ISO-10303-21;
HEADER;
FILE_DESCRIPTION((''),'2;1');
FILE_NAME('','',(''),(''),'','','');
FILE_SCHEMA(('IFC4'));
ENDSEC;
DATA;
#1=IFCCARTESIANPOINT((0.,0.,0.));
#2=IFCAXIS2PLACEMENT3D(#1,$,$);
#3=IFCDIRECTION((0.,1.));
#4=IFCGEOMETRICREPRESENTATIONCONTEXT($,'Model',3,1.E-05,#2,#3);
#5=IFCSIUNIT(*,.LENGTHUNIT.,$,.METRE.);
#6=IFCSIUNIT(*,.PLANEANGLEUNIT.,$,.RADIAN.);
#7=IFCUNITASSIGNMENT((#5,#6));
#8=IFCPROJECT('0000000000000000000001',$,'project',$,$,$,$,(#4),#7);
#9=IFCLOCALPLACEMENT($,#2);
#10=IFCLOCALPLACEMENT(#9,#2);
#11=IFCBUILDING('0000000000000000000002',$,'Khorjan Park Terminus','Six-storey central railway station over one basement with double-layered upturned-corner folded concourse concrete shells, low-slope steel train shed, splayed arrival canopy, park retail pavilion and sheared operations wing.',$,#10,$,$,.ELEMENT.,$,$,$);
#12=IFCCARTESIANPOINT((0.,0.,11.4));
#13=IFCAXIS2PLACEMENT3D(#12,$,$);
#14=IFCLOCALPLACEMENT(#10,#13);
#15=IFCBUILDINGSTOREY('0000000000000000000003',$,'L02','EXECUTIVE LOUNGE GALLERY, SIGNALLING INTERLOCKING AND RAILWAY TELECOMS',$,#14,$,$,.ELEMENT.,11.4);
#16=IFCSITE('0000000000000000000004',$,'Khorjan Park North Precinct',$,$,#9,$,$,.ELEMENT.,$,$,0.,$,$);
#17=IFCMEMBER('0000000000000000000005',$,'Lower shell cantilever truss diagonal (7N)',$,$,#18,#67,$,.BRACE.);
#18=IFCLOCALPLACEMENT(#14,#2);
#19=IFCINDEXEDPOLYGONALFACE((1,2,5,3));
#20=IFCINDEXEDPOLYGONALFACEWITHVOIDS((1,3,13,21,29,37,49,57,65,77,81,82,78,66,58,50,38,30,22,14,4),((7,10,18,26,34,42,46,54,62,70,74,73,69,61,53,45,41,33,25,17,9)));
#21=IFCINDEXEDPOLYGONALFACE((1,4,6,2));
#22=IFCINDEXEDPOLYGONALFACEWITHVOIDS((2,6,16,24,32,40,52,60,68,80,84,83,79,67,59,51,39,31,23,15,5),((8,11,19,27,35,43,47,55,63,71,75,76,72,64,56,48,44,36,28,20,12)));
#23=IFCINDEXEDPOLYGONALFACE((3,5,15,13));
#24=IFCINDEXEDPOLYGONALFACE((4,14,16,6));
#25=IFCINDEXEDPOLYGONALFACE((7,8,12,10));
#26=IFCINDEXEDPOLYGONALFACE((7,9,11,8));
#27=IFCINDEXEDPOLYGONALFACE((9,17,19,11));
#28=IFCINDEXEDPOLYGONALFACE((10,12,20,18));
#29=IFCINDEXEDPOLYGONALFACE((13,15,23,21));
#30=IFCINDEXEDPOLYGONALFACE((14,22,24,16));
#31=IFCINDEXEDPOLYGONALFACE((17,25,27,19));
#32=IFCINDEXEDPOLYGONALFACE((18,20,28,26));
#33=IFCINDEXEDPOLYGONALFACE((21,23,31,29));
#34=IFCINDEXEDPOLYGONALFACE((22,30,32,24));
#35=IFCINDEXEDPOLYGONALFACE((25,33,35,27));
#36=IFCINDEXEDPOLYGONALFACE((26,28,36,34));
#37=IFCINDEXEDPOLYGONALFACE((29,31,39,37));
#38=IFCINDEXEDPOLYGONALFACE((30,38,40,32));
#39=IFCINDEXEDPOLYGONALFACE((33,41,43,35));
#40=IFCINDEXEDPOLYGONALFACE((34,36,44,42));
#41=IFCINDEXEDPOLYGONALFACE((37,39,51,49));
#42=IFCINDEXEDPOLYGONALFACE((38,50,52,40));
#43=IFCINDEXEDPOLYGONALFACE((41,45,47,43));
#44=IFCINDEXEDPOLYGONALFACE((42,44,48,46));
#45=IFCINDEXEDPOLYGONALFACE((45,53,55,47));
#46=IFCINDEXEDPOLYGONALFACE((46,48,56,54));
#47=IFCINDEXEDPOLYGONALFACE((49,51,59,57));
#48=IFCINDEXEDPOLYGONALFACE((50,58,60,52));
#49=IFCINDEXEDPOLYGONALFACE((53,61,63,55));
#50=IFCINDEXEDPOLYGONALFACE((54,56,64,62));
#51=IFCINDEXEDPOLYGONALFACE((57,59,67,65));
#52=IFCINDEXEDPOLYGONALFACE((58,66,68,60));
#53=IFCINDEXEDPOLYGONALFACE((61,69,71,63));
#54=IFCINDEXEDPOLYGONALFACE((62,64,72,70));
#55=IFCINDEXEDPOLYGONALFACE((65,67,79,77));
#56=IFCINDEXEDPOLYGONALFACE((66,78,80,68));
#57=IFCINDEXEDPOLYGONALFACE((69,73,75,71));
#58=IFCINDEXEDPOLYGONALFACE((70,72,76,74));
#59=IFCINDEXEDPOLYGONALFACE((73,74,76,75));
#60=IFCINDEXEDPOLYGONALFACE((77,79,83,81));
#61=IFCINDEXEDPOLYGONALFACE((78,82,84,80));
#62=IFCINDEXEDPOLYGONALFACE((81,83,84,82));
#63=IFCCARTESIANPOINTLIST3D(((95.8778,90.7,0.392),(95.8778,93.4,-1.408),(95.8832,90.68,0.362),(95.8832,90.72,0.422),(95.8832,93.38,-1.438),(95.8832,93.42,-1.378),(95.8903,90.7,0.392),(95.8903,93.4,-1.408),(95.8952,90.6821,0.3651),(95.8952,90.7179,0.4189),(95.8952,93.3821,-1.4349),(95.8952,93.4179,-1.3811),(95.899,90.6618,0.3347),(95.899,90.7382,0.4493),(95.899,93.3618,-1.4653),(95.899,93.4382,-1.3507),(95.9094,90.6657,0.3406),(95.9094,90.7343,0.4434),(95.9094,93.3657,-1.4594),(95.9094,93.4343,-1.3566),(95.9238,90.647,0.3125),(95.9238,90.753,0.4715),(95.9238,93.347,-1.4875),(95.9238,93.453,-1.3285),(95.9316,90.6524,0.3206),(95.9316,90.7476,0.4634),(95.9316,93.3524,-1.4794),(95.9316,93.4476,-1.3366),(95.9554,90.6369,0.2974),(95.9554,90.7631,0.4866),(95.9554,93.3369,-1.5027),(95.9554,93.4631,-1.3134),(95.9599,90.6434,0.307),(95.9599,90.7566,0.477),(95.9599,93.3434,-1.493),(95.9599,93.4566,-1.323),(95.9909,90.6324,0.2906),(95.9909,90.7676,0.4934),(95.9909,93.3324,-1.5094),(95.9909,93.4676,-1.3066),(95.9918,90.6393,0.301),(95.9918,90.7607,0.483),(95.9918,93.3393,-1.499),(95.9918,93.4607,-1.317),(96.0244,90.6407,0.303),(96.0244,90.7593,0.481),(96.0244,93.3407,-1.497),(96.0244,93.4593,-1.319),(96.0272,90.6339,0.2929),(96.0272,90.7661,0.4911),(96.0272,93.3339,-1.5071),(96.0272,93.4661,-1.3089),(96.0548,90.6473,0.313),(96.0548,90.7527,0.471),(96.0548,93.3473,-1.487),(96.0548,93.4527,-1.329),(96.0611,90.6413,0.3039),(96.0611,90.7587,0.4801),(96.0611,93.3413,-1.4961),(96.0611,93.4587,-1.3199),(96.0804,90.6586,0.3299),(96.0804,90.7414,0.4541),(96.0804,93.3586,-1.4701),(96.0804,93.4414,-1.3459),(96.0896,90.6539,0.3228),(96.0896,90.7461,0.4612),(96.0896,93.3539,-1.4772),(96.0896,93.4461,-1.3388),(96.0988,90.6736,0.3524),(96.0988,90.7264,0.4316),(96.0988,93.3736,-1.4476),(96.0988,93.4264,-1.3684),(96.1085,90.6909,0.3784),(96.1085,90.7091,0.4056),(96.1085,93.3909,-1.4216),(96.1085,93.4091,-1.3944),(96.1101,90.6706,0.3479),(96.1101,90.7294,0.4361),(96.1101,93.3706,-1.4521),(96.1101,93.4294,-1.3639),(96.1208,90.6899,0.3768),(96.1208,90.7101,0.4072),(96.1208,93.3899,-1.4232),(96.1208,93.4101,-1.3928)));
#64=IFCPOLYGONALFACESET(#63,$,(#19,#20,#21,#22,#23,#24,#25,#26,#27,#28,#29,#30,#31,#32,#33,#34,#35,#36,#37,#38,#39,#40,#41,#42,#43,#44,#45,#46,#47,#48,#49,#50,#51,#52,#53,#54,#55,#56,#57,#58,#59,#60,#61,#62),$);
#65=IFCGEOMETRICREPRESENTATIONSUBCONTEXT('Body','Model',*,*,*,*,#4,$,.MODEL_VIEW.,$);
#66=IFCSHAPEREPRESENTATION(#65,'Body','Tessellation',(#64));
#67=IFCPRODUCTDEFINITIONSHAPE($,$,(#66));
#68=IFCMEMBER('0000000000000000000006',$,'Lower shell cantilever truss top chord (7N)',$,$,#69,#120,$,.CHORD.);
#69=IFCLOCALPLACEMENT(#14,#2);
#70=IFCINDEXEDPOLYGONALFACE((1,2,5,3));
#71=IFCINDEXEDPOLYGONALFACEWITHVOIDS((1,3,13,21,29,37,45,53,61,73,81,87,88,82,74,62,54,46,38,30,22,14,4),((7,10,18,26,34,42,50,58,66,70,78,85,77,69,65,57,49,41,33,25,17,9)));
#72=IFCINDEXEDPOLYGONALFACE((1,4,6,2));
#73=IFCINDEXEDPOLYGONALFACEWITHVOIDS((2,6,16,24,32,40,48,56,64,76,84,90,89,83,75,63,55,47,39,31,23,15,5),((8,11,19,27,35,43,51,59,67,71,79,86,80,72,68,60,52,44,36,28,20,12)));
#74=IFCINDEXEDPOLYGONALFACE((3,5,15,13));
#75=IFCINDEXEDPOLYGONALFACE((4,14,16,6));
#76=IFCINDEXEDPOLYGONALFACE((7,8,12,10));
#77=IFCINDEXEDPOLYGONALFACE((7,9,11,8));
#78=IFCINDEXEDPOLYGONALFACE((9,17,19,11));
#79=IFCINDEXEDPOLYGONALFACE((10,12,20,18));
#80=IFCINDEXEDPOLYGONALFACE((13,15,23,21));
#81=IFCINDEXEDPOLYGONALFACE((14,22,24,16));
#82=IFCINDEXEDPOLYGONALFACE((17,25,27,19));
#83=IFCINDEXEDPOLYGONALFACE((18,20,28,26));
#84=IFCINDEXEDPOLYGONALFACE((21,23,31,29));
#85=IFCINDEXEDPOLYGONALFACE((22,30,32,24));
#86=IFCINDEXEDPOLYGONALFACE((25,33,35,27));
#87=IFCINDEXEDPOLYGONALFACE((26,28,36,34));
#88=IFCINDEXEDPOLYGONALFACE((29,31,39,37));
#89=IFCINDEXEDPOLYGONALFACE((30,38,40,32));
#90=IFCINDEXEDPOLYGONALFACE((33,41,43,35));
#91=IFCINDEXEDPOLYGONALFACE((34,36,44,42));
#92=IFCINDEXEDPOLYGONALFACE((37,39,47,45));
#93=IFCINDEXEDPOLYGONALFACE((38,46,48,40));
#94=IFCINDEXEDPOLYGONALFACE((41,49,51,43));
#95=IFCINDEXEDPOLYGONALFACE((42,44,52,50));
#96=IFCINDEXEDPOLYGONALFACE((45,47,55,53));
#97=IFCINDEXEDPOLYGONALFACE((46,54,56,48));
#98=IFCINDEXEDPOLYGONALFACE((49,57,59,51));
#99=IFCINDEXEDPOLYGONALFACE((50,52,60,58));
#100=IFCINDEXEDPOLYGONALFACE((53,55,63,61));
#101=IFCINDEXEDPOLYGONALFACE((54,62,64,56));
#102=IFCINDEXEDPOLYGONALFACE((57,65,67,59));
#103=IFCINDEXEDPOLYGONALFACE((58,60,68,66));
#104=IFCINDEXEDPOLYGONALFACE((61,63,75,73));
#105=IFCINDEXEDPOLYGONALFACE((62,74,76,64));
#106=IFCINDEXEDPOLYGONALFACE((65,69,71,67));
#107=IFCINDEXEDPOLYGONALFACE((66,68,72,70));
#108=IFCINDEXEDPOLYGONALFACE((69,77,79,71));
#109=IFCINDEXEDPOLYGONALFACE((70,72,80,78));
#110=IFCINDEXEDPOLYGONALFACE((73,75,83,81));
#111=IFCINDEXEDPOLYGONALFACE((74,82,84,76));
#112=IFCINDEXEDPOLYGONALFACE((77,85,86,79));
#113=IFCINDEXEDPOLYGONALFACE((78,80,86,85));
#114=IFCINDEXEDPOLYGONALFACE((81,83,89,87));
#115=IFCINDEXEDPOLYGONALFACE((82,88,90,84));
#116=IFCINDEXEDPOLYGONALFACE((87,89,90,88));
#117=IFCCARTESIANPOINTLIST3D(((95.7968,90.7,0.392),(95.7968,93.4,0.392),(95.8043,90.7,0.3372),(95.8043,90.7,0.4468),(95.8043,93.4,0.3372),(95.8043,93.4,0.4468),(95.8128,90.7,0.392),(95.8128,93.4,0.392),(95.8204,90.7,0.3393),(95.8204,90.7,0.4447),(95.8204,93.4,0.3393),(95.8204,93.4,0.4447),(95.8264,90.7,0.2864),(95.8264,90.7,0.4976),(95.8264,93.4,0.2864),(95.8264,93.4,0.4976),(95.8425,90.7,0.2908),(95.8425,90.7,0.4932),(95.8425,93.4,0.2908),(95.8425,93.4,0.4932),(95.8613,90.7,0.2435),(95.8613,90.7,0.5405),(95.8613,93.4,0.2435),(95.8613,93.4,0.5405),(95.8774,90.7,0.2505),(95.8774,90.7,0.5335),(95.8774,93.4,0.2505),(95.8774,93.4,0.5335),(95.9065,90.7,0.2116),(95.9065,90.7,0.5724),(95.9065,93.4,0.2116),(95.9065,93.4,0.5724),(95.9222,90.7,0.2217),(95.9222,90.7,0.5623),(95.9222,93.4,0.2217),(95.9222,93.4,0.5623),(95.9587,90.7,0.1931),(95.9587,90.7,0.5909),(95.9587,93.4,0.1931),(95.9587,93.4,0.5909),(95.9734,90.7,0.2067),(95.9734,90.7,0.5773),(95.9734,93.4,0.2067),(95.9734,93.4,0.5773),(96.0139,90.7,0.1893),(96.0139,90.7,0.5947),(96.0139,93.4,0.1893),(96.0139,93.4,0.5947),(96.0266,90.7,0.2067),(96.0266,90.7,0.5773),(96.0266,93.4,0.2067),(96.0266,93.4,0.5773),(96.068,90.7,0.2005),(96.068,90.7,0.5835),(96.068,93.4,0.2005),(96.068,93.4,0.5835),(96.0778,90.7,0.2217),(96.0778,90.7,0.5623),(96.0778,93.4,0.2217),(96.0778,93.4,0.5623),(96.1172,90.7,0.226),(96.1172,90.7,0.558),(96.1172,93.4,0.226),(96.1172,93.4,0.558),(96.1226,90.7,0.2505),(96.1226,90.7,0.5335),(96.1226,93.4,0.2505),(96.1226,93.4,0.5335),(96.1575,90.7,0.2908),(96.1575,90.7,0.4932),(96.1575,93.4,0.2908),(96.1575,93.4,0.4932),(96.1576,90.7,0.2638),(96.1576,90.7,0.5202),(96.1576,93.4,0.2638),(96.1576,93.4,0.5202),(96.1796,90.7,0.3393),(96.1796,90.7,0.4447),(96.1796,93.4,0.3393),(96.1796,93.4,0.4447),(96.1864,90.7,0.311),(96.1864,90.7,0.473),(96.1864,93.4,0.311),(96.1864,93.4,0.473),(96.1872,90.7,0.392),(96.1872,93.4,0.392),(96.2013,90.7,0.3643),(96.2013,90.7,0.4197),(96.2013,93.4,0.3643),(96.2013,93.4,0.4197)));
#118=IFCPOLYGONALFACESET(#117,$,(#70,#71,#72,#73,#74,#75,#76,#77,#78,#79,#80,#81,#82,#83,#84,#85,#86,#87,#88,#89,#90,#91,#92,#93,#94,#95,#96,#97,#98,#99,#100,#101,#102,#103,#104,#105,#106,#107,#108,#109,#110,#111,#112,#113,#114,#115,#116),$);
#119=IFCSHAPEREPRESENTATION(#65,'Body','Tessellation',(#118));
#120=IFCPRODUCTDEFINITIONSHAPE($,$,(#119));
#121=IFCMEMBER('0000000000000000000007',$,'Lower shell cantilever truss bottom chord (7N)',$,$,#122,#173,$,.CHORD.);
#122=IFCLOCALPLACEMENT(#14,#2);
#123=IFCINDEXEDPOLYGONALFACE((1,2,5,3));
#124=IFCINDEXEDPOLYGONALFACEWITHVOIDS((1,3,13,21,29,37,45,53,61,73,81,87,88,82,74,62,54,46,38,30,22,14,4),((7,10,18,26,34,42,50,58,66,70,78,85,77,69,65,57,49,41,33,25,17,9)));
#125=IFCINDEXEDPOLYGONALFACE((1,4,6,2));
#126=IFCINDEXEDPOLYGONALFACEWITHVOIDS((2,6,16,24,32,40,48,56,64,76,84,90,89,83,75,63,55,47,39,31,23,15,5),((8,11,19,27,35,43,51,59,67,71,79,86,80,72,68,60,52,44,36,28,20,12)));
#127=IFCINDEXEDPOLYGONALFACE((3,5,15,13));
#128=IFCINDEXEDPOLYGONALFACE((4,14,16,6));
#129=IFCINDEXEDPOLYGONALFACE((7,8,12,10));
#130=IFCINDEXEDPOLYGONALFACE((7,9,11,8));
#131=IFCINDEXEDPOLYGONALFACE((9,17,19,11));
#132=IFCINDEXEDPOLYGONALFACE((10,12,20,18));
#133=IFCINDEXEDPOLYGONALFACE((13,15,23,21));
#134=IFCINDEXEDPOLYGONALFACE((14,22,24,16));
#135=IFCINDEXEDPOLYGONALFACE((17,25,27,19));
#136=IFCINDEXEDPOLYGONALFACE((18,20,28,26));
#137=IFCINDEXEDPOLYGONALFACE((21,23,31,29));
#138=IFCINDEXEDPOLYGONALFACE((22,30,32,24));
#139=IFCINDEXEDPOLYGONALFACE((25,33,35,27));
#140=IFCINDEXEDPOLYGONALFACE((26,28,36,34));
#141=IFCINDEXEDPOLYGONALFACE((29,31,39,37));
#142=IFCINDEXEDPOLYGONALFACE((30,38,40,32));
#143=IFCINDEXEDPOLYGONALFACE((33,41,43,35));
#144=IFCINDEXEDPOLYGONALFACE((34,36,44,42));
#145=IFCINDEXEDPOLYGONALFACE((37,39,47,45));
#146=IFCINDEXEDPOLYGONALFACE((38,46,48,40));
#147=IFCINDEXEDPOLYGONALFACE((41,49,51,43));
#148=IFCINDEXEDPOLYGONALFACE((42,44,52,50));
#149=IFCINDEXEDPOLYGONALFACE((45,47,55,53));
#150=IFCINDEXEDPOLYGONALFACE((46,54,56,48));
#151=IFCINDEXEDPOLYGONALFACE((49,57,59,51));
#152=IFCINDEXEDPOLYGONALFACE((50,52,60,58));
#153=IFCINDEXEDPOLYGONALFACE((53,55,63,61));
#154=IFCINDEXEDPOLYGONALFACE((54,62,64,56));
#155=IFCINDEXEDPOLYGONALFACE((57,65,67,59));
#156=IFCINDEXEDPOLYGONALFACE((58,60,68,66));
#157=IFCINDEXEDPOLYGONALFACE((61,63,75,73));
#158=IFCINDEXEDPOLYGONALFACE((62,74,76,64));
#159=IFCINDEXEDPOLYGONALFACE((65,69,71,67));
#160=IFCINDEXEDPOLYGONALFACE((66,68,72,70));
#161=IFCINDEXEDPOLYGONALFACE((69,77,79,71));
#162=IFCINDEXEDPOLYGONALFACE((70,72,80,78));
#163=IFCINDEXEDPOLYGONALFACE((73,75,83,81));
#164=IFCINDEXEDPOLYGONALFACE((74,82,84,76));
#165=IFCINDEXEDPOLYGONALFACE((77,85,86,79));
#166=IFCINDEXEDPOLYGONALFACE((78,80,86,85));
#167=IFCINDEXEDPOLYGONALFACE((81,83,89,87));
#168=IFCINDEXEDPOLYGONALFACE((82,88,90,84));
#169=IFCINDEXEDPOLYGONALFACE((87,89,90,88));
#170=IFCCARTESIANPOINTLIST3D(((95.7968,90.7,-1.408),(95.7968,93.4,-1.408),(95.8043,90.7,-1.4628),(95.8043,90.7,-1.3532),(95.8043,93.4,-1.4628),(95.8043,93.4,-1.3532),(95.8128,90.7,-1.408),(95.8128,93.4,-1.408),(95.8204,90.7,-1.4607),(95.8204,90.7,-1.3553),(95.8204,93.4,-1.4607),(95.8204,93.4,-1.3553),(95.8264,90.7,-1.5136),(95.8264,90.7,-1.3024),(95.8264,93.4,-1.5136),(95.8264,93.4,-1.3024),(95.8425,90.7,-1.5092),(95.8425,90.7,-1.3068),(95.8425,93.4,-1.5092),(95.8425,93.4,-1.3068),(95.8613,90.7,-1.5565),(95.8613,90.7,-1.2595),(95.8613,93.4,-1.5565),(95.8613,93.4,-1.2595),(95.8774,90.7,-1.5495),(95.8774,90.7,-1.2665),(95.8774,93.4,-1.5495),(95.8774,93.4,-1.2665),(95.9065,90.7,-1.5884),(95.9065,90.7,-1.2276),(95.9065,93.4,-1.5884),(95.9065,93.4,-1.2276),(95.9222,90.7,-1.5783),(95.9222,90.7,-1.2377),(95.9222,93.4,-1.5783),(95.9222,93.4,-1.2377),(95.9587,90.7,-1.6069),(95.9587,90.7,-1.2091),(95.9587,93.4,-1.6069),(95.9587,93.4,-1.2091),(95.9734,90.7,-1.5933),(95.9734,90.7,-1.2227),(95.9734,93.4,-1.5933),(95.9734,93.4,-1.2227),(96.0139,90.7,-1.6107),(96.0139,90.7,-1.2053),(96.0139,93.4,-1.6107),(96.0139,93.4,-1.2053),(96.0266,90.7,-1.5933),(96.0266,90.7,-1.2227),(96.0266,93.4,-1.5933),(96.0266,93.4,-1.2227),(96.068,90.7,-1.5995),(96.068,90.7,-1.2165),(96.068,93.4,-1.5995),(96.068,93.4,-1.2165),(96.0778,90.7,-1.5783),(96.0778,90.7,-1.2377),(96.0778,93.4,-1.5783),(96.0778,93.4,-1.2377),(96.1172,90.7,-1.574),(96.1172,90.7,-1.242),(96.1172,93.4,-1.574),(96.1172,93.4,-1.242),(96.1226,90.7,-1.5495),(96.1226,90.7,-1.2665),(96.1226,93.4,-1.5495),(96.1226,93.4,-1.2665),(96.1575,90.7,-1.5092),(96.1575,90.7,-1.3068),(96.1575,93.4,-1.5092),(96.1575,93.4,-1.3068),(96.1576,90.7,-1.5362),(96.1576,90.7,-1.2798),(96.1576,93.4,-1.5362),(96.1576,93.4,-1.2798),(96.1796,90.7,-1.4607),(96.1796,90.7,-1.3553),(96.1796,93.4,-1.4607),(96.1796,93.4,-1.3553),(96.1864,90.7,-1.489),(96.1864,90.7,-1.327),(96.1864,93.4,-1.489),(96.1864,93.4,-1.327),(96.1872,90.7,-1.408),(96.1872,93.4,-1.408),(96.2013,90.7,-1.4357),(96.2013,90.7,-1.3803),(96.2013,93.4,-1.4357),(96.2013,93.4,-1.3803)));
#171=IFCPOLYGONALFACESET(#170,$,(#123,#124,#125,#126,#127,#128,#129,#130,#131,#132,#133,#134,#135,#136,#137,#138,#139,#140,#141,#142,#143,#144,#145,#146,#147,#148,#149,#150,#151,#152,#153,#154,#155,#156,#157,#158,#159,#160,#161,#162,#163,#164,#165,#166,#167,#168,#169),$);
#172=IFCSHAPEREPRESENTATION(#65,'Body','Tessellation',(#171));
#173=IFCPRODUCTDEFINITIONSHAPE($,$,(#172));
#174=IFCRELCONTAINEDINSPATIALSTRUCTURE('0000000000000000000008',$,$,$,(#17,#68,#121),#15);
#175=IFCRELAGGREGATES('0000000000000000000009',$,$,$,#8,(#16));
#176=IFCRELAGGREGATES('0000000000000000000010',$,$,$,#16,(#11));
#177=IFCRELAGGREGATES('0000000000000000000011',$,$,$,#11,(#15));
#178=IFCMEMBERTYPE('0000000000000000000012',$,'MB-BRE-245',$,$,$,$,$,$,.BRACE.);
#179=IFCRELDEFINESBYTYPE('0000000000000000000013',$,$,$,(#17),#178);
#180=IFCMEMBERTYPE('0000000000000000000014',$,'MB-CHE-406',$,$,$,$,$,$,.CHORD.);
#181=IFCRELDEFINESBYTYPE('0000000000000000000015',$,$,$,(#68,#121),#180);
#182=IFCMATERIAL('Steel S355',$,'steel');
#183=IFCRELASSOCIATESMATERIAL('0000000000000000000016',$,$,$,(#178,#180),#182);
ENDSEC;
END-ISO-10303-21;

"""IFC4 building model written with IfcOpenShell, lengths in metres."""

from ifc_helpers import new_model, si_unit, direction, frame, origin, origin_2d, place, context, subcontext, project, spatial, hollow_circle, extrude, material, material_profile, profile_set, type_object, element, save


model = new_model("IFC4")

# Units and contexts
model_context = context("Model", 3, precision=1e-05, world=origin(), true_north=direction((0.0, 1.0)))
body_context = subcontext(model_context, "Body", "Model", "MODEL_VIEW")
ifc_project = project(units=[si_unit("LENGTHUNIT", "METRE"), si_unit("PLANEANGLEUNIT", "RADIAN")], contexts=[model_context])

# Site, building, storey
site_placement = place(None, origin())
site = spatial("IfcSite", under=ifc_project, at=site_placement, Name="Khorjan Park North Precinct", CompositionType="ELEMENT", RefElevation=0.0)
building_placement = place(site_placement, origin())
building = spatial("IfcBuilding", under=site, at=building_placement, Name="Khorjan Park Terminus", Description="Six-storey central railway station over one basement with double-layered upturned-corner folded concourse concrete shells, low-slope steel train shed, splayed arrival canopy, park retail pavilion and sheared operations wing.", CompositionType="ELEMENT")
storey_placement = place(building_placement, frame((0.0, 0.0, 11.4)))
storey = spatial("IfcBuildingStorey", under=building, at=storey_placement, Name="L02", Description="EXECUTIVE LOUNGE GALLERY, SIGNALLING INTERLOCKING AND RAILWAY TELECOMS", CompositionType="ELEMENT", Elevation=11.4)

# Members
ifc_material_1 = material(Name="Steel S355", Category="steel")
ifc_material_profile_1 = material_profile(ifc_material_1, hollow_circle(Radius=0.1222, WallThickness=0.0125, at=origin_2d()), Name="CHS 244.5x12.5")
ifc_profile_set_1 = profile_set([ifc_material_profile_1], Name="Steel S355")
member_type_1 = type_object("IfcMemberType", Name="MB-BRE-245", PredefinedType="BRACE", material=ifc_profile_set_1)
member_1_placement = place(storey_placement, frame((96.0, 90.7, 0.392), z_axis=(0.0, 0.83205, -0.5547), x_axis=(-1.0, 0.0, 0.0)))
element("IfcMember", 1, at=member_1_placement, inside=storey, type_object=member_type_1, Name="Lower shell cantilever truss diagonal (7N)", PredefinedType="BRACE", context=body_context, shape_type="SweptSolid", body=[
    extrude(hollow_circle(Radius=0.1222, WallThickness=0.0125, at=origin_2d()), origin(), (0.0, 0.0, 1.0), 3.245),
])
ifc_material_profile_2 = material_profile(ifc_material_1, hollow_circle(Radius=0.2032, WallThickness=0.016, at=origin_2d()), Name="CHS 406.4x16")
ifc_profile_set_2 = profile_set([ifc_material_profile_2], Name="Steel S355")
member_type_2 = type_object("IfcMemberType", Name="MB-CHE-406", PredefinedType="CHORD", material=ifc_profile_set_2)
for number, where, z_axis, x_axis, name in (
    (2, (96.0, 90.7, 0.392), (0.0, 1.0, 0.0), (-1.0, 0.0, 0.0), "Lower shell cantilever truss top chord (7N)"),
    (3, (96.0, 90.7, -1.408), (0.0, 1.0, 0.0), (-1.0, 0.0, 0.0), "Lower shell cantilever truss bottom chord (7N)"),
):
    element("IfcMember", number, at=place(storey_placement, frame(where, z_axis=z_axis, x_axis=x_axis)), inside=storey, type_object=member_type_2, Name=name, PredefinedType="CHORD", context=body_context, shape_type="SweptSolid", body=[
        extrude(hollow_circle(Radius=0.2032, WallThickness=0.016, at=origin_2d()), origin(), (0.0, 0.0, 1.0), 2.7),
    ])

save(model, "model.ifc")
